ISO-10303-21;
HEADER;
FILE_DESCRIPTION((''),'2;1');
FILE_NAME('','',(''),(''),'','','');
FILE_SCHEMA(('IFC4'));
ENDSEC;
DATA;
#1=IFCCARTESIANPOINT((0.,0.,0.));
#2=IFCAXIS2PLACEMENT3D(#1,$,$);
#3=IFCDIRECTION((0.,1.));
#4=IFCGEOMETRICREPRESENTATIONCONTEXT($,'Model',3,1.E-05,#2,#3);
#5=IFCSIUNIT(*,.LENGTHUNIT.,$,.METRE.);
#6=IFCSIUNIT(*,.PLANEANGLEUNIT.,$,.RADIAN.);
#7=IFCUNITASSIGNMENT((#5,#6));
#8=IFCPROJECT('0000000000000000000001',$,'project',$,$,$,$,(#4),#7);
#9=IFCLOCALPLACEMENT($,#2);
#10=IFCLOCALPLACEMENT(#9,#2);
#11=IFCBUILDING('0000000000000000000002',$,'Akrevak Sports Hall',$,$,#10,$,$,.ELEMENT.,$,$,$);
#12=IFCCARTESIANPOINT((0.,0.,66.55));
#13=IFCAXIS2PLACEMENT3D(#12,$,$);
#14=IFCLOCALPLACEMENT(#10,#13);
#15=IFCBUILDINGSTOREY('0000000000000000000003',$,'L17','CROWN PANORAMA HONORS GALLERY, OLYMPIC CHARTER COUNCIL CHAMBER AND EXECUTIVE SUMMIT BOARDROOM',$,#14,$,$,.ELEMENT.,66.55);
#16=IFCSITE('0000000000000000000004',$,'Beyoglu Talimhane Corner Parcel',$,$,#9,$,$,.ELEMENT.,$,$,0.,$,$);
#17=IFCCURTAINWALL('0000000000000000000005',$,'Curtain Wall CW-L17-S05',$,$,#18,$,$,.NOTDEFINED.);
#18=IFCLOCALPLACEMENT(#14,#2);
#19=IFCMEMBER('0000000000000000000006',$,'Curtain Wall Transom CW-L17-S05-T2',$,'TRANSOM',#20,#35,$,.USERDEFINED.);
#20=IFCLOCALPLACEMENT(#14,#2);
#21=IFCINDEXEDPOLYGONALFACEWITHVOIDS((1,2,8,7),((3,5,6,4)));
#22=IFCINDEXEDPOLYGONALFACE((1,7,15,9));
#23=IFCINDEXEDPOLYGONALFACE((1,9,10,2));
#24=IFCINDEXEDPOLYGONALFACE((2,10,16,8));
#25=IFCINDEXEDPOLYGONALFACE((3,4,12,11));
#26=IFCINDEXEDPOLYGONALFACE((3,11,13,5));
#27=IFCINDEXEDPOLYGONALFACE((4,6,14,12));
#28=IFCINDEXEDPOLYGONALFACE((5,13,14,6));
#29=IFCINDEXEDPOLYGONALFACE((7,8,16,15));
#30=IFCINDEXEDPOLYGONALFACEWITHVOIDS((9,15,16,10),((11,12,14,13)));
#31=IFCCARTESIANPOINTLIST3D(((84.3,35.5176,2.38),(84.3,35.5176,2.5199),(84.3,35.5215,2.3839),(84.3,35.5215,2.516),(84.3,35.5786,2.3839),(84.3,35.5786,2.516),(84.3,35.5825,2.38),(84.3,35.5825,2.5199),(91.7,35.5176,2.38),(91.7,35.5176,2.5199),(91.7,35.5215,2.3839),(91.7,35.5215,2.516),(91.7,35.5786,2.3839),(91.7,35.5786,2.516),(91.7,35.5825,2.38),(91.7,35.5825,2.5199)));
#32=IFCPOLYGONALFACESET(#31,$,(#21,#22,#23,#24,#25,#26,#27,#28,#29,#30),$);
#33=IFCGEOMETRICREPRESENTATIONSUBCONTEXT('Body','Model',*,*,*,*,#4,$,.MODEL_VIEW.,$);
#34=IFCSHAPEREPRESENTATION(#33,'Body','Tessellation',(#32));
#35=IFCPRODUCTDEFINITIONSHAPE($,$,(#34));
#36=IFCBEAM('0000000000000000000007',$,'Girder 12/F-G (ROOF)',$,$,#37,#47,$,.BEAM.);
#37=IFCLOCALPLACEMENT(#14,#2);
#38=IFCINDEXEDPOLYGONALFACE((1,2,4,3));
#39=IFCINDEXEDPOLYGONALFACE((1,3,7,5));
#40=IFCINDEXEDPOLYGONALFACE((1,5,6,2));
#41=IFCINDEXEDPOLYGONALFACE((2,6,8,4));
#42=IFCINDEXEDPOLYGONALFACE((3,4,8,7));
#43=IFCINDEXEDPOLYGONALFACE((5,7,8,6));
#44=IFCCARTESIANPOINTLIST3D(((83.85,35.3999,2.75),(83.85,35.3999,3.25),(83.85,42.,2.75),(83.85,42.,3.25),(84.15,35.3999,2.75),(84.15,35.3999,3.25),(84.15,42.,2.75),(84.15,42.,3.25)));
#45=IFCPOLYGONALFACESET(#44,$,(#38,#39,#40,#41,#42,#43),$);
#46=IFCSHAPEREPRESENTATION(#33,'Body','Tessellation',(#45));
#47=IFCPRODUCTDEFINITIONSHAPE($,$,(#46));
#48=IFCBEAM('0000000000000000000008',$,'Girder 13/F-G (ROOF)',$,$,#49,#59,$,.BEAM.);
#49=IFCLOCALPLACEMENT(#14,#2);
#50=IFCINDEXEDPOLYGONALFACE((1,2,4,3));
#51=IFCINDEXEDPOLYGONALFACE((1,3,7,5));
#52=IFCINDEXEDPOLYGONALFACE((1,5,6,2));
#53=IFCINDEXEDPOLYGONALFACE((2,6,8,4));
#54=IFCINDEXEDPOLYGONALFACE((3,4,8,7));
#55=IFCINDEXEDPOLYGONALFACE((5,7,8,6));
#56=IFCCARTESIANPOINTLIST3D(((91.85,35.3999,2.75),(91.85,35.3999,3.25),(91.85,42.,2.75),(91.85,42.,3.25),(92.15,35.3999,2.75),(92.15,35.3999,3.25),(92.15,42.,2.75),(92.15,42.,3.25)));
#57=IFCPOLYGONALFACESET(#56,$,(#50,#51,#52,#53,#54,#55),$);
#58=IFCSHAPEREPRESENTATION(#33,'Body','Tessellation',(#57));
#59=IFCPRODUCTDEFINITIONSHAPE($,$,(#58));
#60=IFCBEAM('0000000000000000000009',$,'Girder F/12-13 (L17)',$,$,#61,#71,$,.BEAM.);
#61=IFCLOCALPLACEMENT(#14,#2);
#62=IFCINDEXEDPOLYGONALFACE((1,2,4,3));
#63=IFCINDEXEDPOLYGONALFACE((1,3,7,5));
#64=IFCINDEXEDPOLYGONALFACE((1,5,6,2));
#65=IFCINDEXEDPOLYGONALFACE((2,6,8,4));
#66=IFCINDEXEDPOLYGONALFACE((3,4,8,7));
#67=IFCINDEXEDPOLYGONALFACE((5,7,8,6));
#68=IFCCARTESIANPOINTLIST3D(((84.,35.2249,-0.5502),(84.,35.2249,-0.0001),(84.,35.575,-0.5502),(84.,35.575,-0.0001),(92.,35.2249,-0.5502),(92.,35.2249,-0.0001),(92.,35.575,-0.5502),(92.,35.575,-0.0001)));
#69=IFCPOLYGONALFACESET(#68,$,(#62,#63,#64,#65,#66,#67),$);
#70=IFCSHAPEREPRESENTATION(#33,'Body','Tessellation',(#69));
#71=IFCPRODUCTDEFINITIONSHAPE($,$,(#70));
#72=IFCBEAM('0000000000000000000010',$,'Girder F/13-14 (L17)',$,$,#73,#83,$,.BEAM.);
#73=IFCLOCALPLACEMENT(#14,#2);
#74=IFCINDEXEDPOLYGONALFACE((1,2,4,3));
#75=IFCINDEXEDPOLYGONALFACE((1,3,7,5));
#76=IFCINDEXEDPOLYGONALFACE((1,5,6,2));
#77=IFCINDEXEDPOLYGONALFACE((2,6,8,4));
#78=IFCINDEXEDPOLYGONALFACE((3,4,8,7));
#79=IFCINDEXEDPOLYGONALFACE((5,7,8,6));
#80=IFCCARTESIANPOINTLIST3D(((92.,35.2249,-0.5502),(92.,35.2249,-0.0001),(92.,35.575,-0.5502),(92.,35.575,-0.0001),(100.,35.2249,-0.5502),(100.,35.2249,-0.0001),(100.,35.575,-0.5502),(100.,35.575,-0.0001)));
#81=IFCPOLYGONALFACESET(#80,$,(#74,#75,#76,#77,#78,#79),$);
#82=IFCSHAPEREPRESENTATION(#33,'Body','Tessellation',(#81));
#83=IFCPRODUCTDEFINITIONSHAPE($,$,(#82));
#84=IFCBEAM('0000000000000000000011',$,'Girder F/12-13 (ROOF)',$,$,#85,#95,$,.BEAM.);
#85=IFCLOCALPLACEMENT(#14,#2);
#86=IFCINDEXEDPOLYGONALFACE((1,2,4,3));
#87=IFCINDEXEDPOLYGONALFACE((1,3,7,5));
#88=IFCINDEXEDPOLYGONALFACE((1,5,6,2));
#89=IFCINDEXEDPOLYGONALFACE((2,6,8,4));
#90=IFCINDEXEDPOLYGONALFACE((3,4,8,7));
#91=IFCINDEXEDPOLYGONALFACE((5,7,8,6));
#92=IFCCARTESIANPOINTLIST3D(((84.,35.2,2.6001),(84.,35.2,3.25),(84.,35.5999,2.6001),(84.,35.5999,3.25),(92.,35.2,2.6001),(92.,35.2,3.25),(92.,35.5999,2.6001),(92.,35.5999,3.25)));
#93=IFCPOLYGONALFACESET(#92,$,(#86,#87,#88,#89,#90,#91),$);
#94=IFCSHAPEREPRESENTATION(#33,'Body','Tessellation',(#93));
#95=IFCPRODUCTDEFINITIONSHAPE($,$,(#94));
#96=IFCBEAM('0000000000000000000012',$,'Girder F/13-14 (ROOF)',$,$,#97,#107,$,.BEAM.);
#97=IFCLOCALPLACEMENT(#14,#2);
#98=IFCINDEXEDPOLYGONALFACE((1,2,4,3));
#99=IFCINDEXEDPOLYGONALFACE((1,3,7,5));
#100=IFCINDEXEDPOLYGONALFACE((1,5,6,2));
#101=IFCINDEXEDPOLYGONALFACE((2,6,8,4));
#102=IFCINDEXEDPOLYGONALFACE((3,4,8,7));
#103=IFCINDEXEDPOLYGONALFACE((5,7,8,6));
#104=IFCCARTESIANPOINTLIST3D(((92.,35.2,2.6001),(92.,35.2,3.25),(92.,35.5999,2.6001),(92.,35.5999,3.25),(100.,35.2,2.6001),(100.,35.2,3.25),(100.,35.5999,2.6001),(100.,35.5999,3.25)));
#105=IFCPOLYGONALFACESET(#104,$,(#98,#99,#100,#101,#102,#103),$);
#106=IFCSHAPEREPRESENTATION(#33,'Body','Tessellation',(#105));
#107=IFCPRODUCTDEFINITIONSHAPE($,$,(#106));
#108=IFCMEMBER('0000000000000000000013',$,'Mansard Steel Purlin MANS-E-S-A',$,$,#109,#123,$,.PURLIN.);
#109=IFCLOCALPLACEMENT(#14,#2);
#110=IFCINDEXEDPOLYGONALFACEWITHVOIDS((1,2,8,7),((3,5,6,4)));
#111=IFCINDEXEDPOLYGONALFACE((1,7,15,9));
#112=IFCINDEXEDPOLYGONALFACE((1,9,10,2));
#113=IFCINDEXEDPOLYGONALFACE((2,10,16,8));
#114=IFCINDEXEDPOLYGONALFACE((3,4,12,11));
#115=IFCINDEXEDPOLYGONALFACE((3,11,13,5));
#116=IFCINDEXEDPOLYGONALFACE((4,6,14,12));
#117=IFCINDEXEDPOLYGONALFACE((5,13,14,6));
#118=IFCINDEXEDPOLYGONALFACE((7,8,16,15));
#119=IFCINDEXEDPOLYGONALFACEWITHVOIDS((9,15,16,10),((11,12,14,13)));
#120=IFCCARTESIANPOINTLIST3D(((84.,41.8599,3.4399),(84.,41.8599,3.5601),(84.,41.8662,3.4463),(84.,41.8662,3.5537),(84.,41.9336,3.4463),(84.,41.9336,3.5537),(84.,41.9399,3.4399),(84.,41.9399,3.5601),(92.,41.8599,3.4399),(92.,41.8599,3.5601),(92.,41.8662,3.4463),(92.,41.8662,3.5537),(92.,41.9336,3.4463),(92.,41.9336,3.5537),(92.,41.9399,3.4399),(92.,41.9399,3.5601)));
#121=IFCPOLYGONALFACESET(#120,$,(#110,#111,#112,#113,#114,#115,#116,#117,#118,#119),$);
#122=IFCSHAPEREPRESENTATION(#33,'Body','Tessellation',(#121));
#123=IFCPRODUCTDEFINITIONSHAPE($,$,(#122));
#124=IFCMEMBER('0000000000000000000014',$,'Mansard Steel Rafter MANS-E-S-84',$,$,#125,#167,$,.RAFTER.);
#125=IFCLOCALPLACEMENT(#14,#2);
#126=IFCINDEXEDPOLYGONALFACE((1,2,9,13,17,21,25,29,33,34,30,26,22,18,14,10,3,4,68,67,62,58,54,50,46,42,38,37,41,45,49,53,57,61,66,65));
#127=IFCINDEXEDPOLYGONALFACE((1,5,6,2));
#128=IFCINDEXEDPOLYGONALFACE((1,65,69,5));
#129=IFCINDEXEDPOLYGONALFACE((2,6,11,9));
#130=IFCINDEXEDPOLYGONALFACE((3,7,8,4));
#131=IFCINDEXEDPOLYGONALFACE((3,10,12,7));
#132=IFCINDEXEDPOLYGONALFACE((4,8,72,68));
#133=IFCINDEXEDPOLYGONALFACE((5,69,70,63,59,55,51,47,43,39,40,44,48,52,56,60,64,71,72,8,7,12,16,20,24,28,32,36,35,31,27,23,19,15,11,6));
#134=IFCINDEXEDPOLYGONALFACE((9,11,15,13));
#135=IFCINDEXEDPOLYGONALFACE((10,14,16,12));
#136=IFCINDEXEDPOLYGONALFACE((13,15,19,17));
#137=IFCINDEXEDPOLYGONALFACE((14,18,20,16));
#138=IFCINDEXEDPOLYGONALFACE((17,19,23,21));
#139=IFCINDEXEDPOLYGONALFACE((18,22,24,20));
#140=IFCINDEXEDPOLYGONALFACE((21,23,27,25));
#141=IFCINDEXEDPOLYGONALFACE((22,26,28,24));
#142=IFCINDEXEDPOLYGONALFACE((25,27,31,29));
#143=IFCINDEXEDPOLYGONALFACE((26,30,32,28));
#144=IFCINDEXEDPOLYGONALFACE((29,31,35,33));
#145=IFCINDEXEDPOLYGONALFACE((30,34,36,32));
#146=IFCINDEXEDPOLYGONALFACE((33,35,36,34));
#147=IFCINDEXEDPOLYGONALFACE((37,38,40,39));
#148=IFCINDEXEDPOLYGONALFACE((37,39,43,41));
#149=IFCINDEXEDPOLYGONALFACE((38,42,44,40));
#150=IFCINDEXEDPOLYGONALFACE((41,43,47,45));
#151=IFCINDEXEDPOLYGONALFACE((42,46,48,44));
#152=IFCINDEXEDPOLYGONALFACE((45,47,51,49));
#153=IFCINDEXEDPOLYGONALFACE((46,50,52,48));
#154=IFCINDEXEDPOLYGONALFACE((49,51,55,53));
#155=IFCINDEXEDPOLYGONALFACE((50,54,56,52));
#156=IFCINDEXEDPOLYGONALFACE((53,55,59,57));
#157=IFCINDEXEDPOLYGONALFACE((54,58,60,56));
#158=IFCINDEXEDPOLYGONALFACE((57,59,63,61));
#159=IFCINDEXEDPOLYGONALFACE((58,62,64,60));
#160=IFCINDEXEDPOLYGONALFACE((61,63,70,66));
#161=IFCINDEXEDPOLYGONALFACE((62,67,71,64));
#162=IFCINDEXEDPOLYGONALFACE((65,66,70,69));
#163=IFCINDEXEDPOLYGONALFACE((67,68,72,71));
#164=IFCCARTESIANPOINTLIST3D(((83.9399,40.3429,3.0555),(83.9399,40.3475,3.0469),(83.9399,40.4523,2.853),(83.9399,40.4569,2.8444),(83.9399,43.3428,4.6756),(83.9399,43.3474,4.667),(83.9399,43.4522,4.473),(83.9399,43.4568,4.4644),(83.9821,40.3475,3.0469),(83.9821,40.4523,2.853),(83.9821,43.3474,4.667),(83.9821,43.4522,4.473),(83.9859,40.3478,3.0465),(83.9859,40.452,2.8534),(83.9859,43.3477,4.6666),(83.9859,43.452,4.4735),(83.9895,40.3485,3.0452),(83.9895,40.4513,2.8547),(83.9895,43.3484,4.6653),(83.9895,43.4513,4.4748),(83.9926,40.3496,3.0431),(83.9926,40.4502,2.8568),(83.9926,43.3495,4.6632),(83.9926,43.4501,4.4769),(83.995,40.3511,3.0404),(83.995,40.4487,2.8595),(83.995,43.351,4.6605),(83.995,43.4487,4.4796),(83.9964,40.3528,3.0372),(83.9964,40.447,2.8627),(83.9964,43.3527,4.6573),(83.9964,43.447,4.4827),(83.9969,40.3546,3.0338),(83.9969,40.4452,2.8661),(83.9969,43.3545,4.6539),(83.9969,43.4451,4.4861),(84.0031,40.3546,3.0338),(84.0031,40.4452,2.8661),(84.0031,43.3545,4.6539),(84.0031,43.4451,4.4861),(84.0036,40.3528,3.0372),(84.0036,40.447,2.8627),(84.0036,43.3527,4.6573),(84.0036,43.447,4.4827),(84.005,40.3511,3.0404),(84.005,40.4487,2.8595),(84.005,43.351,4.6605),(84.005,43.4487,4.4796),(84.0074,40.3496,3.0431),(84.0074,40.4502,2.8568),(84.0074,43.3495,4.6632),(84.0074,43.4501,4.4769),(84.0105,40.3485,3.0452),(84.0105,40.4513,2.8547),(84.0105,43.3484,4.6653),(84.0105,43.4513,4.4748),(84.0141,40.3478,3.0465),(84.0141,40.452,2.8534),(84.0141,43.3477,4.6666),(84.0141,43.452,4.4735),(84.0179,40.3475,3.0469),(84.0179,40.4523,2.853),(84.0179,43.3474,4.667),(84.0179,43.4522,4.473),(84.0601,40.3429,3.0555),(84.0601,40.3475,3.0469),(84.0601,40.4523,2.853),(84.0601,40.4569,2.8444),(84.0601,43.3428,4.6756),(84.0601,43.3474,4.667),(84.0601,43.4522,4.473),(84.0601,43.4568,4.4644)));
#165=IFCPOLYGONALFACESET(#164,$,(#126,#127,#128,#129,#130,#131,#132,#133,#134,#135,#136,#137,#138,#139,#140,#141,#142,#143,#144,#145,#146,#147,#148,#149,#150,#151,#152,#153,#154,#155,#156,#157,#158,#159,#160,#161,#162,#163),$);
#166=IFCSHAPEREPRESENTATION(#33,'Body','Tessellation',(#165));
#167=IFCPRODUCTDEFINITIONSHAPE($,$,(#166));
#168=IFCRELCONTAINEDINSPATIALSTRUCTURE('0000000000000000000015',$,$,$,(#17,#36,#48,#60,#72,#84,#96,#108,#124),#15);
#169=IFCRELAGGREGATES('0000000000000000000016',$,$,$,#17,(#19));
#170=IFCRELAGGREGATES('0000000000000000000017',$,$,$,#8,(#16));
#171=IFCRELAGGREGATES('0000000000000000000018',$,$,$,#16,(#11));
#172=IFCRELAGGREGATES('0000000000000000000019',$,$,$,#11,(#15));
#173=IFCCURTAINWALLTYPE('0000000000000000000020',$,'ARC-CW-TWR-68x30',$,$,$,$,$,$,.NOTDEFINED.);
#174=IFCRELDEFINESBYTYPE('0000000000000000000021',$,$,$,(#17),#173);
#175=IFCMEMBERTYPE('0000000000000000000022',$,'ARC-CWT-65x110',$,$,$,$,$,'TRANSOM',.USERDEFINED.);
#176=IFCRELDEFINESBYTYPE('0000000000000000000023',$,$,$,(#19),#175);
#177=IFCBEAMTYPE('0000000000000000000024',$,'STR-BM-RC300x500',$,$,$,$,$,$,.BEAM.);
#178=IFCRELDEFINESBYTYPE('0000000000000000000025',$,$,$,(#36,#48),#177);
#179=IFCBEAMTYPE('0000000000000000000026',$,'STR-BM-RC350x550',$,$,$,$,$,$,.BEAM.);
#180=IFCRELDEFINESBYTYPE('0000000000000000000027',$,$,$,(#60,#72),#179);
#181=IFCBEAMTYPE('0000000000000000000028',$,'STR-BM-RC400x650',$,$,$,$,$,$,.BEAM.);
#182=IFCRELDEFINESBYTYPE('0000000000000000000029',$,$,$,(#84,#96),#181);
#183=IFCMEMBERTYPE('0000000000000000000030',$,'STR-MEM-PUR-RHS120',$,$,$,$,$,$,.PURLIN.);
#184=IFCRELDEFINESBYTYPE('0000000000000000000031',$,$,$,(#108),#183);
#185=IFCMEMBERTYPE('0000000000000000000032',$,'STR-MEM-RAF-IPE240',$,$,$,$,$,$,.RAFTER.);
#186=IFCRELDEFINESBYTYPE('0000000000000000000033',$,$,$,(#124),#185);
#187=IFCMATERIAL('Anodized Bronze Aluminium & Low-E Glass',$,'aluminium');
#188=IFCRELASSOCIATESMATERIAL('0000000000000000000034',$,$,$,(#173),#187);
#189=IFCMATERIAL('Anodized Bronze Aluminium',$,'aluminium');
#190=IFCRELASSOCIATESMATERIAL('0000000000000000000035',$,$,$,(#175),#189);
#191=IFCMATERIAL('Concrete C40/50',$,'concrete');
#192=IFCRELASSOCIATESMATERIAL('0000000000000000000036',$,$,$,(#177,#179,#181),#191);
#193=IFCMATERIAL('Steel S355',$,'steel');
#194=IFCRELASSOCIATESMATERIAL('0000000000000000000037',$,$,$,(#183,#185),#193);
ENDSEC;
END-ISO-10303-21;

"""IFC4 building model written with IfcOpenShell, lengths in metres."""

from ifc_helpers import new_model, si_unit, direction, frame, origin, origin_2d, place, context, subcontext, project, spatial, rectangle, hollow_rectangle, i_section, extrude, material, material_profile, profile_set, type_object, element, aggregate, save


model = new_model("IFC4")

# Units and contexts
model_context = context("Model", 3, precision=1e-05, world=origin(), true_north=direction((0.0, 1.0)))
body_context = subcontext(model_context, "Body", "Model", "MODEL_VIEW")
ifc_project = project(units=[si_unit("LENGTHUNIT", "METRE"), si_unit("PLANEANGLEUNIT", "RADIAN")], contexts=[model_context])

# Site, building, storey
site_placement = place(None, origin())
site = spatial("IfcSite", under=ifc_project, at=site_placement, Name="Beyoglu Talimhane Corner Parcel", CompositionType="ELEMENT", RefElevation=0.0)
building_placement = place(site_placement, origin())
building = spatial("IfcBuilding", under=site, at=building_placement, Name="Akrevak Sports Hall", CompositionType="ELEMENT")
storey_placement = place(building_placement, frame((0.0, 0.0, 66.55)))
storey = spatial("IfcBuildingStorey", under=building, at=storey_placement, Name="L17", Description="CROWN PANORAMA HONORS GALLERY, OLYMPIC CHARTER COUNCIL CHAMBER AND EXECUTIVE SUMMIT BOARDROOM", CompositionType="ELEMENT", Elevation=66.55)

# Shared definitions
ifc_material_1 = material(Name="Concrete C40/50", Category="concrete")

# Curtain wall
ifc_material_2 = material(Name="Anodized Bronze Aluminium & Low-E Glass", Category="aluminium")
curtain_wall_type = type_object("IfcCurtainWallType", Name="ARC-CW-TWR-68x30", PredefinedType="NOTDEFINED", material=ifc_material_2)
ifc_material_3 = material(Name="Anodized Bronze Aluminium", Category="aluminium")
curtain_wall_1_placement = place(storey_placement, origin())
curtain_wall_1 = element("IfcCurtainWall", 1, at=curtain_wall_1_placement, inside=storey, type_object=curtain_wall_type, Name="Curtain Wall CW-L17-S05", PredefinedType="NOTDEFINED")

# Member
ifc_material_profile_1 = material_profile(ifc_material_3, hollow_rectangle(XDim=0.0649, YDim=0.1399, WallThickness=0.0039, at=origin_2d()), Name="CWT 65x140", Category="aluminium")
ifc_profile_set_1 = profile_set([ifc_material_profile_1], Name="Anodized Bronze Aluminium")
member_type_1 = type_object("IfcMemberType", Name="ARC-CWT-65x110", ElementType="TRANSOM", PredefinedType="USERDEFINED", material=ifc_profile_set_1)
member_1_placement = place(storey_placement, frame((84.3, 35.55, 2.45), z_axis=(1.0, 0.0, 0.0), x_axis=(0.0, 1.0, 0.0)))
member_1 = element("IfcMember", 2, at=member_1_placement, type_object=member_type_1, Name="Curtain Wall Transom CW-L17-S05-T2", ObjectType="TRANSOM", PredefinedType="USERDEFINED", context=body_context, shape_type="SweptSolid", body=[
    extrude(hollow_rectangle(XDim=0.0649, YDim=0.1399, WallThickness=0.0039, at=origin_2d()), origin(), (0.0, 0.0, 1.0), 7.3999),
])

# Beams
ifc_material_profile_2 = material_profile(ifc_material_1, rectangle(XDim=0.3, YDim=0.5, at=origin_2d()), Name="BM 300x500", Category="concrete")
ifc_profile_set_2 = profile_set([ifc_material_profile_2], Name="Concrete C40/50")
beam_type_1 = type_object("IfcBeamType", Name="STR-BM-RC300x500", PredefinedType="BEAM", material=ifc_profile_set_2)
for number, where, z_axis, x_axis, name in (
    (3, (84.0, 35.3999, 3.0), (0.0, 1.0, 0.0), (-1.0, 0.0, 0.0), "Girder 12/F-G (ROOF)"),
    (4, (92.0, 35.3999, 3.0), (0.0, 1.0, 0.0), (-1.0, 0.0, 0.0), "Girder 13/F-G (ROOF)"),
):
    element("IfcBeam", number, at=place(storey_placement, frame(where, z_axis=z_axis, x_axis=x_axis)), inside=storey, type_object=beam_type_1, Name=name, PredefinedType="BEAM", context=body_context, shape_type="SweptSolid", body=[
        extrude(rectangle(XDim=0.3, YDim=0.5, at=origin_2d()), origin(), (0.0, 0.0, 1.0), 6.6001),
    ])
ifc_material_profile_3 = material_profile(ifc_material_1, rectangle(XDim=0.3501, YDim=0.55, at=origin_2d()), Name="BM 350x550", Category="concrete")
ifc_profile_set_3 = profile_set([ifc_material_profile_3], Name="Concrete C40/50")
beam_type_2 = type_object("IfcBeamType", Name="STR-BM-RC350x550", PredefinedType="BEAM", material=ifc_profile_set_3)
for number, where, z_axis, x_axis, name in (
    (5, (84.0, 35.3999, -0.2751), (1.0, 0.0, 0.0), (0.0, 1.0, 0.0), "Girder F/12-13 (L17)"),
    (6, (92.0, 35.3999, -0.2751), (1.0, 0.0, 0.0), (0.0, 1.0, 0.0), "Girder F/13-14 (L17)"),
):
    element("IfcBeam", number, at=place(storey_placement, frame(where, z_axis=z_axis, x_axis=x_axis)), inside=storey, type_object=beam_type_2, Name=name, PredefinedType="BEAM", context=body_context, shape_type="SweptSolid", body=[
        extrude(rectangle(XDim=0.3501, YDim=0.55, at=origin_2d()), origin(), (0.0, 0.0, 1.0), 8.0),
    ])
ifc_material_profile_4 = material_profile(ifc_material_1, rectangle(XDim=0.3999, YDim=0.6499, at=origin_2d()), Name="BM 400x650", Category="concrete")
ifc_profile_set_4 = profile_set([ifc_material_profile_4], Name="Concrete C40/50")
beam_type_3 = type_object("IfcBeamType", Name="STR-BM-RC400x650", PredefinedType="BEAM", material=ifc_profile_set_4)
for number, where, z_axis, x_axis, name in (
    (7, (84.0, 35.3999, 2.925), (1.0, 0.0, 0.0), (0.0, 1.0, 0.0), "Girder F/12-13 (ROOF)"),
    (8, (92.0, 35.3999, 2.925), (1.0, 0.0, 0.0), (0.0, 1.0, 0.0), "Girder F/13-14 (ROOF)"),
):
    element("IfcBeam", number, at=place(storey_placement, frame(where, z_axis=z_axis, x_axis=x_axis)), inside=storey, type_object=beam_type_3, Name=name, PredefinedType="BEAM", context=body_context, shape_type="SweptSolid", body=[
        extrude(rectangle(XDim=0.3999, YDim=0.6499, at=origin_2d()), origin(), (0.0, 0.0, 1.0), 8.0),
    ])

# Members
ifc_material_4 = material(Name="Steel S355", Category="steel")
ifc_material_profile_5 = material_profile(ifc_material_4, hollow_rectangle(XDim=0.0801, YDim=0.1201, WallThickness=0.0063, at=origin_2d()), Name="RHS 120x80x6.3", Category="steel")
ifc_profile_set_5 = profile_set([ifc_material_profile_5], Name="Steel S355")
member_type_2 = type_object("IfcMemberType", Name="STR-MEM-PUR-RHS120", PredefinedType="PURLIN", material=ifc_profile_set_5)
member_2_placement = place(storey_placement, frame((84.0, 41.8999, 3.5), z_axis=(1.0, 0.0, 0.0), x_axis=(0.0, 1.0, 0.0)))
element("IfcMember", 9, at=member_2_placement, inside=storey, type_object=member_type_2, Name="Mansard Steel Purlin MANS-E-S-A", PredefinedType="PURLIN", context=body_context, shape_type="SweptSolid", body=[
    extrude(hollow_rectangle(XDim=0.0801, YDim=0.1201, WallThickness=0.0063, at=origin_2d()), origin(), (0.0, 0.0, 1.0), 8.0),
])
ifc_material_profile_6 = material_profile(ifc_material_4, i_section(OverallWidth=0.1201, OverallDepth=0.24, WebThickness=0.0061, FlangeThickness=0.0098, FilletRadius=0.0149, at=origin_2d()), Name="IPE 240", Category="steel")
ifc_profile_set_6 = profile_set([ifc_material_profile_6], Name="Steel S355")
member_type_3 = type_object("IfcMemberType", Name="STR-MEM-RAF-IPE240", PredefinedType="RAFTER", material=ifc_profile_set_6)
for number, where, z_axis, x_axis, name in (
    (10, (84.0, 40.3999, 2.95), (0.0, 0.879891, 0.475176), (-1.0, 0.0, 0.0), "Mansard Steel Rafter MANS-E-S-84"),
):
    element("IfcMember", number, at=place(storey_placement, frame(where, z_axis=z_axis, x_axis=x_axis)), inside=storey, type_object=member_type_3, Name=name, PredefinedType="RAFTER", context=body_context, shape_type="SweptSolid", body=[
        extrude(i_section(OverallWidth=0.1201, OverallDepth=0.24, WebThickness=0.0061, FlangeThickness=0.0098, FilletRadius=0.0149, at=origin_2d()), origin(), (0.0, 0.0, 1.0), 3.4094),
    ])

aggregate(curtain_wall_1, [member_1])

save(model, "model.ifc")
